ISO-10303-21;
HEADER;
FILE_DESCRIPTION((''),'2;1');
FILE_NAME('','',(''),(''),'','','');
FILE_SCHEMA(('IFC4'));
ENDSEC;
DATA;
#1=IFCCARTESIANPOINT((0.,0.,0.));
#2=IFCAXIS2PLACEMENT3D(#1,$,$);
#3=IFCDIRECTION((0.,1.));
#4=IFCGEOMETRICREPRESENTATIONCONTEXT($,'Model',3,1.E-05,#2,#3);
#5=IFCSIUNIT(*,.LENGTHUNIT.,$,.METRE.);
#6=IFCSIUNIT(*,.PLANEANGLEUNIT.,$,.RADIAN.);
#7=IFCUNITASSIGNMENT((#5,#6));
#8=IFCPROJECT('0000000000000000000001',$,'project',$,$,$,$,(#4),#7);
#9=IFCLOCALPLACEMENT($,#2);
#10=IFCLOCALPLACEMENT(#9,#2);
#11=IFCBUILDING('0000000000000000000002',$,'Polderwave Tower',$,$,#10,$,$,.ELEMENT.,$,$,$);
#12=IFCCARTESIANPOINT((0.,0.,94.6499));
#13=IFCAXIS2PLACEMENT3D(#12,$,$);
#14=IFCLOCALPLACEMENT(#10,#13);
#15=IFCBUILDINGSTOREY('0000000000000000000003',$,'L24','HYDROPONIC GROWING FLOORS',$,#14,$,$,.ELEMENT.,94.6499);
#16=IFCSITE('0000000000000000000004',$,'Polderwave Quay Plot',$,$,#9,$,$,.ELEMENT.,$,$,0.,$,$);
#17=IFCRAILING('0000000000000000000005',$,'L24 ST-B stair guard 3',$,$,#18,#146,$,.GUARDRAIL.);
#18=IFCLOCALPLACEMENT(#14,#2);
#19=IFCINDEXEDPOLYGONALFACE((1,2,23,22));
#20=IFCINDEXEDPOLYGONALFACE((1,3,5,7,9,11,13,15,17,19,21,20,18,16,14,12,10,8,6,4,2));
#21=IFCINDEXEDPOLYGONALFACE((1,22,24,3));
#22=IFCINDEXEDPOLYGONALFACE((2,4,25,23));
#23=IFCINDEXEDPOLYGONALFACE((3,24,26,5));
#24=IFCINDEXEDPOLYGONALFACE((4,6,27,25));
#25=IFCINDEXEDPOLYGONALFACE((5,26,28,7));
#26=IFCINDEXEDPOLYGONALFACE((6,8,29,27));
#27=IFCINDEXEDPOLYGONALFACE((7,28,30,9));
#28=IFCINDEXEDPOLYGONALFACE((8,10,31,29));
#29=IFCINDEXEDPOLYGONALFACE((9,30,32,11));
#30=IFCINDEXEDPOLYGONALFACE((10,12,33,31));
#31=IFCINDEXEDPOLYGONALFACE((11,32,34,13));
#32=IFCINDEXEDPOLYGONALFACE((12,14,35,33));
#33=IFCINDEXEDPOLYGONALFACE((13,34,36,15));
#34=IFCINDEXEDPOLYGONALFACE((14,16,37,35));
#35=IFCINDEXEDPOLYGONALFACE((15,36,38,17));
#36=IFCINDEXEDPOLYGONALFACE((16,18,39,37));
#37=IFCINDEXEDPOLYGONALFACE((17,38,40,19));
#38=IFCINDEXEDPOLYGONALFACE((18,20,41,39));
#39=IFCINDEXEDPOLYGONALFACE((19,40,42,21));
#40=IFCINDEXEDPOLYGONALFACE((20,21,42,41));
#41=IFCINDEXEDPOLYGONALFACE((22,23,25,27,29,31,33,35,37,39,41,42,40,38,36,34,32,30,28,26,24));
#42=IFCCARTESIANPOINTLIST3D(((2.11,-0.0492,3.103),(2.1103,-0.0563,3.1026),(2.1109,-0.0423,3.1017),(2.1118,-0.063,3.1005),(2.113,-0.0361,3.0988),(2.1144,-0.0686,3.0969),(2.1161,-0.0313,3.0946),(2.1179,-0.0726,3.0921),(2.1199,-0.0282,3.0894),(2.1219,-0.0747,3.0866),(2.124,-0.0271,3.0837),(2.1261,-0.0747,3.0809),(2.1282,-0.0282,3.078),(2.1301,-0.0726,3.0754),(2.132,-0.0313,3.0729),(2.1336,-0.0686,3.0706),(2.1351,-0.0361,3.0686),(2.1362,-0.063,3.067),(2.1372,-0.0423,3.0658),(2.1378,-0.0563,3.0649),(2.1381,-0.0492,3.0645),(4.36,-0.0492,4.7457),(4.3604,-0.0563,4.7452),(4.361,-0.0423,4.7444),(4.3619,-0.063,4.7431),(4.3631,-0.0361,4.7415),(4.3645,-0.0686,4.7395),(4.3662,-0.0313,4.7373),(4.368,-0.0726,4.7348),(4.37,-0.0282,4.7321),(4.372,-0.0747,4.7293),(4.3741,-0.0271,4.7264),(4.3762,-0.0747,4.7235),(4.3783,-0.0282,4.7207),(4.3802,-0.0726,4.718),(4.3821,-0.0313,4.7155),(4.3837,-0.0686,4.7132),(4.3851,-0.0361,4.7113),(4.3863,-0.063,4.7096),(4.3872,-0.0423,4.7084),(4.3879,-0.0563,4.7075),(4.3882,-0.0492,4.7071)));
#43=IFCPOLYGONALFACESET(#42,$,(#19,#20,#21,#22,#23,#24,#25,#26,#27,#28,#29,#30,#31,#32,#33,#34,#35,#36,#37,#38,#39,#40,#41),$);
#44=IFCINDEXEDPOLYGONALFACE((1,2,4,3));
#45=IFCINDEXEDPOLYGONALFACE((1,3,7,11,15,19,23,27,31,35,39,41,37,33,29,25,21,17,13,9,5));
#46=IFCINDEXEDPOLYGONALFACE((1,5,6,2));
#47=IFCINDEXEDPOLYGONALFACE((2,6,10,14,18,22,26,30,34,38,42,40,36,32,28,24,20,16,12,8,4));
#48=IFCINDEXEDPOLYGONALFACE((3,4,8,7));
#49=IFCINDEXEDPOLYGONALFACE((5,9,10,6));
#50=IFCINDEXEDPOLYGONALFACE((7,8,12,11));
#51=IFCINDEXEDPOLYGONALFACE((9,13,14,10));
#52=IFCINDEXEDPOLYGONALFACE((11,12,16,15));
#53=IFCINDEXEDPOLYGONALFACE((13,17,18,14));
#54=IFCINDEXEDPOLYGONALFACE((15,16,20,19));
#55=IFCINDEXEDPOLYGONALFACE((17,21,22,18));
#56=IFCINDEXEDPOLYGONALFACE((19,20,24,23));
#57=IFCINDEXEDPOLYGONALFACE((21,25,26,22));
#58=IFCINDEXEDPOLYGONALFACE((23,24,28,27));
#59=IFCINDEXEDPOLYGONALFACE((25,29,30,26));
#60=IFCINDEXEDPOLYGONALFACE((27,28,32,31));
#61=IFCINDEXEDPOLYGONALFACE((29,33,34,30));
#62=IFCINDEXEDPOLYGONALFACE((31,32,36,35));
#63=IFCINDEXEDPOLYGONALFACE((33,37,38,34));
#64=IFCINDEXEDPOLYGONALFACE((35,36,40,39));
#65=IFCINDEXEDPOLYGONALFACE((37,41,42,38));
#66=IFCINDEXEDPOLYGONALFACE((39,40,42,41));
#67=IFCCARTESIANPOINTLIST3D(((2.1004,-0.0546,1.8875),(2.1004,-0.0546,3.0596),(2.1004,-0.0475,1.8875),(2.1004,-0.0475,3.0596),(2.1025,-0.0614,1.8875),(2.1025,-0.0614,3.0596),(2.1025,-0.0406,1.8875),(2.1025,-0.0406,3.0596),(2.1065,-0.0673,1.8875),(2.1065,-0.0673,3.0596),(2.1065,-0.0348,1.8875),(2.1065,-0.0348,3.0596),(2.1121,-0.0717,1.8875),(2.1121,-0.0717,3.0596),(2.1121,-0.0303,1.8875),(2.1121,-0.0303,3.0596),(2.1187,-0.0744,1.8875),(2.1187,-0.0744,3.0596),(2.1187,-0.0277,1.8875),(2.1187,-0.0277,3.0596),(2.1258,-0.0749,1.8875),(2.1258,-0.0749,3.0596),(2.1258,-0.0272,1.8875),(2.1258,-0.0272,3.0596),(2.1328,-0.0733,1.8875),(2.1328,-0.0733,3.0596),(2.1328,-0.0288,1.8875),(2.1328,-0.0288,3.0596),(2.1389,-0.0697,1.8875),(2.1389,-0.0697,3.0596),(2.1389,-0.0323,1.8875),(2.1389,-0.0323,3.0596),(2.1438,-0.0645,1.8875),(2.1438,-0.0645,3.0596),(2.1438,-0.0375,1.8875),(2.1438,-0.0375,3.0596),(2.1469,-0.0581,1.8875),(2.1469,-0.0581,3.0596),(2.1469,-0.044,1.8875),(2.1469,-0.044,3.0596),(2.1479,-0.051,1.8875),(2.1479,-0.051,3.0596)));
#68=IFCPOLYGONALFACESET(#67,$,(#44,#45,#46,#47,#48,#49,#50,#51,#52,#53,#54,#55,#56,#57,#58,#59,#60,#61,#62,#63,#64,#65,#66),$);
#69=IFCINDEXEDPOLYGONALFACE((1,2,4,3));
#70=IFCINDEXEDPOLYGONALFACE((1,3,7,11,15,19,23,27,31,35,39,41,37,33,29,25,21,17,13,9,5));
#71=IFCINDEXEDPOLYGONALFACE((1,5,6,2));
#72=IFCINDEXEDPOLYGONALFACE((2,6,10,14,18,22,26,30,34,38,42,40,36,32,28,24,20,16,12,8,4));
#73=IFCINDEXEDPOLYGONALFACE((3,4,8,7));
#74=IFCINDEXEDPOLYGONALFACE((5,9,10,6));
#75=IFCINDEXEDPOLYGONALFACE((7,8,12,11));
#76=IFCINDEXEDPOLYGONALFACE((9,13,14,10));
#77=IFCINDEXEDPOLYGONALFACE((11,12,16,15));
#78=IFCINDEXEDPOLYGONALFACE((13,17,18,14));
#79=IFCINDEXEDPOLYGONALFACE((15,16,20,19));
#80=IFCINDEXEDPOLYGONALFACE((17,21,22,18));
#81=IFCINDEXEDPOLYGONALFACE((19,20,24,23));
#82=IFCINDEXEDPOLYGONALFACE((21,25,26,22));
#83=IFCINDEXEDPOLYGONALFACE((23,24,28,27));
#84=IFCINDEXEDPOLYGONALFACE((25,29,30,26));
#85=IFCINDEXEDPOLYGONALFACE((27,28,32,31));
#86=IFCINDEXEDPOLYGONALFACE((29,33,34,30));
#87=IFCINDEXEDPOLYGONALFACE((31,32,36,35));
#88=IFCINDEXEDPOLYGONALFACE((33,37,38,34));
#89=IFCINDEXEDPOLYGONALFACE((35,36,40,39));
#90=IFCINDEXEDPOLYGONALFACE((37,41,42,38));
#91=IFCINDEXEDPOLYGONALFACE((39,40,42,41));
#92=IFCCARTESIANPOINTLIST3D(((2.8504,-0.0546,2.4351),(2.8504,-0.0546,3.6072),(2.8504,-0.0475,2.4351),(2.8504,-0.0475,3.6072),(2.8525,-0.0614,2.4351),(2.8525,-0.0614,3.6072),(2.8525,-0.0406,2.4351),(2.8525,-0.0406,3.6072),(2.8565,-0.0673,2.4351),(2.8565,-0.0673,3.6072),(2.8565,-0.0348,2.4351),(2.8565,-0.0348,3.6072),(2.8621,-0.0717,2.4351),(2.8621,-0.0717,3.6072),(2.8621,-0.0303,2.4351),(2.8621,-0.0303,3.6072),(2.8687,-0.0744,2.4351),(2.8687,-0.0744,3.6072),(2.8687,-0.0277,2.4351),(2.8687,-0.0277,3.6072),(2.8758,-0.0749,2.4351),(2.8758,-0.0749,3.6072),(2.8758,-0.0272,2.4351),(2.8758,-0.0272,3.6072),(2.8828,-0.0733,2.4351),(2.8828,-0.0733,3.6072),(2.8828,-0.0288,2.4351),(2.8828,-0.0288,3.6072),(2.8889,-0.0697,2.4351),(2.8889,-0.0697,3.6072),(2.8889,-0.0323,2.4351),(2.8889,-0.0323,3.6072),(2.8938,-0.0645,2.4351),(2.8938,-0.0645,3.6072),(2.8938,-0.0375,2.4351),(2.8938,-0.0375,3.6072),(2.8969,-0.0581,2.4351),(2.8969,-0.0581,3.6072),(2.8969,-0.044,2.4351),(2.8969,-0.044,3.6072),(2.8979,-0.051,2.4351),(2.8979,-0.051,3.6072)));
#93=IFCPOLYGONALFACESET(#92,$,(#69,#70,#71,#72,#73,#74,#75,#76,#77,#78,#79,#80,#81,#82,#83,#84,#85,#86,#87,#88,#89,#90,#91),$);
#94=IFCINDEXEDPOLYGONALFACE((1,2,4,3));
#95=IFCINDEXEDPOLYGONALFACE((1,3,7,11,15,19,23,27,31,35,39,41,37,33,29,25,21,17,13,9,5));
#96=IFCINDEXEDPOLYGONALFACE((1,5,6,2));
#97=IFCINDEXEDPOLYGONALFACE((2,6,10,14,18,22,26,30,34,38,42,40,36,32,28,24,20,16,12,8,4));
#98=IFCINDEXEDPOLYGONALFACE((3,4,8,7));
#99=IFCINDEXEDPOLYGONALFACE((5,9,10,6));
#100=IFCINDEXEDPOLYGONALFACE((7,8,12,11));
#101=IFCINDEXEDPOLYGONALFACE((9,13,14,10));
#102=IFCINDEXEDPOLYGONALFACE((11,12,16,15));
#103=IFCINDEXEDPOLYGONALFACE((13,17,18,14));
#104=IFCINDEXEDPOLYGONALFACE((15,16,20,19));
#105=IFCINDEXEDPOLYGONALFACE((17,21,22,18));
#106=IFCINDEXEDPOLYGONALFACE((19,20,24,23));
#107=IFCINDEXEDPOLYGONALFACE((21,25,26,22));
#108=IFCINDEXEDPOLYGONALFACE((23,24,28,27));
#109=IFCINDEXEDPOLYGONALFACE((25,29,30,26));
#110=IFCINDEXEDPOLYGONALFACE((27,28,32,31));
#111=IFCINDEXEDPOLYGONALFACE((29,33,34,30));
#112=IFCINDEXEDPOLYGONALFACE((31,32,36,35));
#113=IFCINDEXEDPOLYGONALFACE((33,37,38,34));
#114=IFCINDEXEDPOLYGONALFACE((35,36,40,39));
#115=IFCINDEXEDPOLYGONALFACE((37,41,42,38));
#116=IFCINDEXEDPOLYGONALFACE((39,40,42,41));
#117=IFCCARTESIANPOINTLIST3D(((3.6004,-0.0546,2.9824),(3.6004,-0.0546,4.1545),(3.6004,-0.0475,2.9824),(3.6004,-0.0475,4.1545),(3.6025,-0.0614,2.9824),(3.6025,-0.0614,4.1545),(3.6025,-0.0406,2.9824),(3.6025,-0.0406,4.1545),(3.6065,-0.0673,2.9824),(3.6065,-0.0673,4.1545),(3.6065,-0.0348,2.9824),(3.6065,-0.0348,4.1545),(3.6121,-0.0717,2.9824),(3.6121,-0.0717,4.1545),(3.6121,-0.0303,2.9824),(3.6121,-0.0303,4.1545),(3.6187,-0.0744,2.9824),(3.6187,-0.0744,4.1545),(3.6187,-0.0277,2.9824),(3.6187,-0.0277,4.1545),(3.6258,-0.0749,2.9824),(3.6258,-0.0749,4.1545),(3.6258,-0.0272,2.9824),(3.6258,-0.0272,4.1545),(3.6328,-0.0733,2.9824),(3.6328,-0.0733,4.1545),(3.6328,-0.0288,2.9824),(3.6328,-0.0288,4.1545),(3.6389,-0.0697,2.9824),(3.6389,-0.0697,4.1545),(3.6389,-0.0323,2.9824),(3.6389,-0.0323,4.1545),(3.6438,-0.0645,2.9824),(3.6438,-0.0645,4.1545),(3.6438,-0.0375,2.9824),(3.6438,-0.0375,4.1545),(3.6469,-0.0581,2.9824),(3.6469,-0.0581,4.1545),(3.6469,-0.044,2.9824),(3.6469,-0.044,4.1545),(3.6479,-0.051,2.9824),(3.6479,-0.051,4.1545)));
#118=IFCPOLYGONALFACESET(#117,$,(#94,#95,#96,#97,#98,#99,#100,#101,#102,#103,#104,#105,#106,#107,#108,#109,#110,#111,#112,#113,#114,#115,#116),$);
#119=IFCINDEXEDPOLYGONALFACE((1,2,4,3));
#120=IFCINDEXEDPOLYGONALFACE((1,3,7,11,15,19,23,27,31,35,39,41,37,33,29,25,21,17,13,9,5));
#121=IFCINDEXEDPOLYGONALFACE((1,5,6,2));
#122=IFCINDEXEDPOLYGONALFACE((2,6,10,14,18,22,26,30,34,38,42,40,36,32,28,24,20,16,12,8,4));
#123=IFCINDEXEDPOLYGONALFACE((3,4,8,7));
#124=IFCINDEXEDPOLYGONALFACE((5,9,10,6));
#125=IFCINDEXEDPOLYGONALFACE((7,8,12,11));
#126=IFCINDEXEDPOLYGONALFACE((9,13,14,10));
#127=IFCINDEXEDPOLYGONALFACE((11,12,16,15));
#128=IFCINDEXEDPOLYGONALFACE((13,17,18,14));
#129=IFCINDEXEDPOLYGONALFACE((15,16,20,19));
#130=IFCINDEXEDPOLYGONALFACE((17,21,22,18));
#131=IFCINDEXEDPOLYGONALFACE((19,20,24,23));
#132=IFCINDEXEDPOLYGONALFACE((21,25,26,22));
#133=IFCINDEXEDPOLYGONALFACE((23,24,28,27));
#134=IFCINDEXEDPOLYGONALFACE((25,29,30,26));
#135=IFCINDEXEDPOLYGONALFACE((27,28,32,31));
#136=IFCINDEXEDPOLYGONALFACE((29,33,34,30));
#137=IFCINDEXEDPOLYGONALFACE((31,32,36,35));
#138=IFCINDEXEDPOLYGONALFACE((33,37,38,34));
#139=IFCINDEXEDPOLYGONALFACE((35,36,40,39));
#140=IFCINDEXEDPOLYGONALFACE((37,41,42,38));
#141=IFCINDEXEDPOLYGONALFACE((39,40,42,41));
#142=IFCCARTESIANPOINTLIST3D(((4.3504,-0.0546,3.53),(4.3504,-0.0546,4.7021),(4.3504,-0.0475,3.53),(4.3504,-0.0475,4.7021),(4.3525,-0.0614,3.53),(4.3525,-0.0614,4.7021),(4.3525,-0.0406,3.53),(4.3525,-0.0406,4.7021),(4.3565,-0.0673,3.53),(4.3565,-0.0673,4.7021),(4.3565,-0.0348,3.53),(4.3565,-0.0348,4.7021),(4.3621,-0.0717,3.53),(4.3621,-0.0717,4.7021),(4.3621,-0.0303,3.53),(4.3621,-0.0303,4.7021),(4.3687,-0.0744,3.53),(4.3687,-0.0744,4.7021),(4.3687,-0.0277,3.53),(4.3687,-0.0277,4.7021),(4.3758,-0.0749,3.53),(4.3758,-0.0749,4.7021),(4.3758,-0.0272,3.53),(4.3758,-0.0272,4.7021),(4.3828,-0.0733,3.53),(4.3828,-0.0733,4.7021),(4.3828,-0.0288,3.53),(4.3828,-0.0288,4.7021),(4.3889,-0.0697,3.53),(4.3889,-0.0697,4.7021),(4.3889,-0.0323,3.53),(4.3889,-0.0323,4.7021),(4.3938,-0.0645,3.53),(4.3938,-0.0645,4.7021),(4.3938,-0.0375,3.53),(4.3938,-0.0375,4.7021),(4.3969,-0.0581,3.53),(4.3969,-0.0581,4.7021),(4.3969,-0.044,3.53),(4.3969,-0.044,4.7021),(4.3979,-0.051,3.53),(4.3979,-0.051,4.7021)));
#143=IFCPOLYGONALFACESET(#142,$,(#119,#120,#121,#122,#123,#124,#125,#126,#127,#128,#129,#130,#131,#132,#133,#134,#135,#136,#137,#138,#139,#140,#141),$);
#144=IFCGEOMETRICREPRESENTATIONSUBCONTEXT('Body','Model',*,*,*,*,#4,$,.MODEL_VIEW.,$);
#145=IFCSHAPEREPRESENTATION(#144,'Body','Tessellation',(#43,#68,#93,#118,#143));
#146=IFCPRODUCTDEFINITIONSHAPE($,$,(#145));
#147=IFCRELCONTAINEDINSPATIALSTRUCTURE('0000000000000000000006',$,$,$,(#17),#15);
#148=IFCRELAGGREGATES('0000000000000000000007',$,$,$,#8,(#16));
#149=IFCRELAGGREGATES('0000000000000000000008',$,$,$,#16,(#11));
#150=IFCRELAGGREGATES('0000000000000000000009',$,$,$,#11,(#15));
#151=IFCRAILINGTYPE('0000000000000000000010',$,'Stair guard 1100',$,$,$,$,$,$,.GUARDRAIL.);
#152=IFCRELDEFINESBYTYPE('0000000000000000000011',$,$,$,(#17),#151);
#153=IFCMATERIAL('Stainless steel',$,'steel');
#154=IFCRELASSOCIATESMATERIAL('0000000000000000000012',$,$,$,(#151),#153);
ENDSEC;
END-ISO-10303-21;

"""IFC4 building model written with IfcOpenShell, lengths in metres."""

from ifc_helpers import new_model, si_unit, direction, frame, origin, origin_2d, place, context, subcontext, project, spatial, circle, extrude, material, type_object, element, save


model = new_model("IFC4")

# Units and contexts
model_context = context("Model", 3, precision=1e-05, world=origin(), true_north=direction((0.0, 1.0)))
body_context = subcontext(model_context, "Body", "Model", "MODEL_VIEW")
ifc_project = project(units=[si_unit("LENGTHUNIT", "METRE"), si_unit("PLANEANGLEUNIT", "RADIAN")], contexts=[model_context])

# Site, building, storey
site_placement = place(None, origin())
site = spatial("IfcSite", under=ifc_project, at=site_placement, Name="Polderwave Quay Plot", CompositionType="ELEMENT", RefElevation=0.0)
building_placement = place(site_placement, origin())
building = spatial("IfcBuilding", under=site, at=building_placement, Name="Polderwave Tower", CompositionType="ELEMENT")
storey_placement = place(building_placement, frame((0.0, 0.0, 94.6499)))
storey = spatial("IfcBuildingStorey", under=building, at=storey_placement, Name="L24", Description="HYDROPONIC GROWING FLOORS", CompositionType="ELEMENT", Elevation=94.6499)

# Railing
ifc_material_1 = material(Name="Stainless steel", Category="steel")
railing_type_1 = type_object("IfcRailingType", Name="Stair guard 1100", PredefinedType="GUARDRAIL", material=ifc_material_1)
railing_1_placement = place(storey_placement, frame((2.124, -0.051, 1.8875)))
element("IfcRailing", 1, at=railing_1_placement, inside=storey, type_object=railing_type_1, Name="L24 ST-B stair guard 3", PredefinedType="GUARDRAIL", context=body_context, shape_type="SweptSolid", body=[
    extrude(circle(Radius=0.0239, at=origin_2d()), frame((0.0, 0.0, 1.1963), z_axis=(0.807674, 0.0, 0.58963), x_axis=(0.0, 1.0, 0.0)), (0.0, 0.0, 1.0), 2.7859),
    extrude(circle(Radius=0.0239, at=origin_2d()), origin(), (0.0, 0.0, 1.0), 1.1721),
    extrude(circle(Radius=0.0239, at=origin_2d()), frame((0.75, 0.0, 0.5476)), (0.0, 0.0, 1.0), 1.1721),
    extrude(circle(Radius=0.0239, at=origin_2d()), frame((1.5, 0.0, 1.095)), (0.0, 0.0, 1.0), 1.1721),
    extrude(circle(Radius=0.0239, at=origin_2d()), frame((2.25, 0.0, 1.6426)), (0.0, 0.0, 1.0), 1.1721),
])

save(model, "model.ifc")
